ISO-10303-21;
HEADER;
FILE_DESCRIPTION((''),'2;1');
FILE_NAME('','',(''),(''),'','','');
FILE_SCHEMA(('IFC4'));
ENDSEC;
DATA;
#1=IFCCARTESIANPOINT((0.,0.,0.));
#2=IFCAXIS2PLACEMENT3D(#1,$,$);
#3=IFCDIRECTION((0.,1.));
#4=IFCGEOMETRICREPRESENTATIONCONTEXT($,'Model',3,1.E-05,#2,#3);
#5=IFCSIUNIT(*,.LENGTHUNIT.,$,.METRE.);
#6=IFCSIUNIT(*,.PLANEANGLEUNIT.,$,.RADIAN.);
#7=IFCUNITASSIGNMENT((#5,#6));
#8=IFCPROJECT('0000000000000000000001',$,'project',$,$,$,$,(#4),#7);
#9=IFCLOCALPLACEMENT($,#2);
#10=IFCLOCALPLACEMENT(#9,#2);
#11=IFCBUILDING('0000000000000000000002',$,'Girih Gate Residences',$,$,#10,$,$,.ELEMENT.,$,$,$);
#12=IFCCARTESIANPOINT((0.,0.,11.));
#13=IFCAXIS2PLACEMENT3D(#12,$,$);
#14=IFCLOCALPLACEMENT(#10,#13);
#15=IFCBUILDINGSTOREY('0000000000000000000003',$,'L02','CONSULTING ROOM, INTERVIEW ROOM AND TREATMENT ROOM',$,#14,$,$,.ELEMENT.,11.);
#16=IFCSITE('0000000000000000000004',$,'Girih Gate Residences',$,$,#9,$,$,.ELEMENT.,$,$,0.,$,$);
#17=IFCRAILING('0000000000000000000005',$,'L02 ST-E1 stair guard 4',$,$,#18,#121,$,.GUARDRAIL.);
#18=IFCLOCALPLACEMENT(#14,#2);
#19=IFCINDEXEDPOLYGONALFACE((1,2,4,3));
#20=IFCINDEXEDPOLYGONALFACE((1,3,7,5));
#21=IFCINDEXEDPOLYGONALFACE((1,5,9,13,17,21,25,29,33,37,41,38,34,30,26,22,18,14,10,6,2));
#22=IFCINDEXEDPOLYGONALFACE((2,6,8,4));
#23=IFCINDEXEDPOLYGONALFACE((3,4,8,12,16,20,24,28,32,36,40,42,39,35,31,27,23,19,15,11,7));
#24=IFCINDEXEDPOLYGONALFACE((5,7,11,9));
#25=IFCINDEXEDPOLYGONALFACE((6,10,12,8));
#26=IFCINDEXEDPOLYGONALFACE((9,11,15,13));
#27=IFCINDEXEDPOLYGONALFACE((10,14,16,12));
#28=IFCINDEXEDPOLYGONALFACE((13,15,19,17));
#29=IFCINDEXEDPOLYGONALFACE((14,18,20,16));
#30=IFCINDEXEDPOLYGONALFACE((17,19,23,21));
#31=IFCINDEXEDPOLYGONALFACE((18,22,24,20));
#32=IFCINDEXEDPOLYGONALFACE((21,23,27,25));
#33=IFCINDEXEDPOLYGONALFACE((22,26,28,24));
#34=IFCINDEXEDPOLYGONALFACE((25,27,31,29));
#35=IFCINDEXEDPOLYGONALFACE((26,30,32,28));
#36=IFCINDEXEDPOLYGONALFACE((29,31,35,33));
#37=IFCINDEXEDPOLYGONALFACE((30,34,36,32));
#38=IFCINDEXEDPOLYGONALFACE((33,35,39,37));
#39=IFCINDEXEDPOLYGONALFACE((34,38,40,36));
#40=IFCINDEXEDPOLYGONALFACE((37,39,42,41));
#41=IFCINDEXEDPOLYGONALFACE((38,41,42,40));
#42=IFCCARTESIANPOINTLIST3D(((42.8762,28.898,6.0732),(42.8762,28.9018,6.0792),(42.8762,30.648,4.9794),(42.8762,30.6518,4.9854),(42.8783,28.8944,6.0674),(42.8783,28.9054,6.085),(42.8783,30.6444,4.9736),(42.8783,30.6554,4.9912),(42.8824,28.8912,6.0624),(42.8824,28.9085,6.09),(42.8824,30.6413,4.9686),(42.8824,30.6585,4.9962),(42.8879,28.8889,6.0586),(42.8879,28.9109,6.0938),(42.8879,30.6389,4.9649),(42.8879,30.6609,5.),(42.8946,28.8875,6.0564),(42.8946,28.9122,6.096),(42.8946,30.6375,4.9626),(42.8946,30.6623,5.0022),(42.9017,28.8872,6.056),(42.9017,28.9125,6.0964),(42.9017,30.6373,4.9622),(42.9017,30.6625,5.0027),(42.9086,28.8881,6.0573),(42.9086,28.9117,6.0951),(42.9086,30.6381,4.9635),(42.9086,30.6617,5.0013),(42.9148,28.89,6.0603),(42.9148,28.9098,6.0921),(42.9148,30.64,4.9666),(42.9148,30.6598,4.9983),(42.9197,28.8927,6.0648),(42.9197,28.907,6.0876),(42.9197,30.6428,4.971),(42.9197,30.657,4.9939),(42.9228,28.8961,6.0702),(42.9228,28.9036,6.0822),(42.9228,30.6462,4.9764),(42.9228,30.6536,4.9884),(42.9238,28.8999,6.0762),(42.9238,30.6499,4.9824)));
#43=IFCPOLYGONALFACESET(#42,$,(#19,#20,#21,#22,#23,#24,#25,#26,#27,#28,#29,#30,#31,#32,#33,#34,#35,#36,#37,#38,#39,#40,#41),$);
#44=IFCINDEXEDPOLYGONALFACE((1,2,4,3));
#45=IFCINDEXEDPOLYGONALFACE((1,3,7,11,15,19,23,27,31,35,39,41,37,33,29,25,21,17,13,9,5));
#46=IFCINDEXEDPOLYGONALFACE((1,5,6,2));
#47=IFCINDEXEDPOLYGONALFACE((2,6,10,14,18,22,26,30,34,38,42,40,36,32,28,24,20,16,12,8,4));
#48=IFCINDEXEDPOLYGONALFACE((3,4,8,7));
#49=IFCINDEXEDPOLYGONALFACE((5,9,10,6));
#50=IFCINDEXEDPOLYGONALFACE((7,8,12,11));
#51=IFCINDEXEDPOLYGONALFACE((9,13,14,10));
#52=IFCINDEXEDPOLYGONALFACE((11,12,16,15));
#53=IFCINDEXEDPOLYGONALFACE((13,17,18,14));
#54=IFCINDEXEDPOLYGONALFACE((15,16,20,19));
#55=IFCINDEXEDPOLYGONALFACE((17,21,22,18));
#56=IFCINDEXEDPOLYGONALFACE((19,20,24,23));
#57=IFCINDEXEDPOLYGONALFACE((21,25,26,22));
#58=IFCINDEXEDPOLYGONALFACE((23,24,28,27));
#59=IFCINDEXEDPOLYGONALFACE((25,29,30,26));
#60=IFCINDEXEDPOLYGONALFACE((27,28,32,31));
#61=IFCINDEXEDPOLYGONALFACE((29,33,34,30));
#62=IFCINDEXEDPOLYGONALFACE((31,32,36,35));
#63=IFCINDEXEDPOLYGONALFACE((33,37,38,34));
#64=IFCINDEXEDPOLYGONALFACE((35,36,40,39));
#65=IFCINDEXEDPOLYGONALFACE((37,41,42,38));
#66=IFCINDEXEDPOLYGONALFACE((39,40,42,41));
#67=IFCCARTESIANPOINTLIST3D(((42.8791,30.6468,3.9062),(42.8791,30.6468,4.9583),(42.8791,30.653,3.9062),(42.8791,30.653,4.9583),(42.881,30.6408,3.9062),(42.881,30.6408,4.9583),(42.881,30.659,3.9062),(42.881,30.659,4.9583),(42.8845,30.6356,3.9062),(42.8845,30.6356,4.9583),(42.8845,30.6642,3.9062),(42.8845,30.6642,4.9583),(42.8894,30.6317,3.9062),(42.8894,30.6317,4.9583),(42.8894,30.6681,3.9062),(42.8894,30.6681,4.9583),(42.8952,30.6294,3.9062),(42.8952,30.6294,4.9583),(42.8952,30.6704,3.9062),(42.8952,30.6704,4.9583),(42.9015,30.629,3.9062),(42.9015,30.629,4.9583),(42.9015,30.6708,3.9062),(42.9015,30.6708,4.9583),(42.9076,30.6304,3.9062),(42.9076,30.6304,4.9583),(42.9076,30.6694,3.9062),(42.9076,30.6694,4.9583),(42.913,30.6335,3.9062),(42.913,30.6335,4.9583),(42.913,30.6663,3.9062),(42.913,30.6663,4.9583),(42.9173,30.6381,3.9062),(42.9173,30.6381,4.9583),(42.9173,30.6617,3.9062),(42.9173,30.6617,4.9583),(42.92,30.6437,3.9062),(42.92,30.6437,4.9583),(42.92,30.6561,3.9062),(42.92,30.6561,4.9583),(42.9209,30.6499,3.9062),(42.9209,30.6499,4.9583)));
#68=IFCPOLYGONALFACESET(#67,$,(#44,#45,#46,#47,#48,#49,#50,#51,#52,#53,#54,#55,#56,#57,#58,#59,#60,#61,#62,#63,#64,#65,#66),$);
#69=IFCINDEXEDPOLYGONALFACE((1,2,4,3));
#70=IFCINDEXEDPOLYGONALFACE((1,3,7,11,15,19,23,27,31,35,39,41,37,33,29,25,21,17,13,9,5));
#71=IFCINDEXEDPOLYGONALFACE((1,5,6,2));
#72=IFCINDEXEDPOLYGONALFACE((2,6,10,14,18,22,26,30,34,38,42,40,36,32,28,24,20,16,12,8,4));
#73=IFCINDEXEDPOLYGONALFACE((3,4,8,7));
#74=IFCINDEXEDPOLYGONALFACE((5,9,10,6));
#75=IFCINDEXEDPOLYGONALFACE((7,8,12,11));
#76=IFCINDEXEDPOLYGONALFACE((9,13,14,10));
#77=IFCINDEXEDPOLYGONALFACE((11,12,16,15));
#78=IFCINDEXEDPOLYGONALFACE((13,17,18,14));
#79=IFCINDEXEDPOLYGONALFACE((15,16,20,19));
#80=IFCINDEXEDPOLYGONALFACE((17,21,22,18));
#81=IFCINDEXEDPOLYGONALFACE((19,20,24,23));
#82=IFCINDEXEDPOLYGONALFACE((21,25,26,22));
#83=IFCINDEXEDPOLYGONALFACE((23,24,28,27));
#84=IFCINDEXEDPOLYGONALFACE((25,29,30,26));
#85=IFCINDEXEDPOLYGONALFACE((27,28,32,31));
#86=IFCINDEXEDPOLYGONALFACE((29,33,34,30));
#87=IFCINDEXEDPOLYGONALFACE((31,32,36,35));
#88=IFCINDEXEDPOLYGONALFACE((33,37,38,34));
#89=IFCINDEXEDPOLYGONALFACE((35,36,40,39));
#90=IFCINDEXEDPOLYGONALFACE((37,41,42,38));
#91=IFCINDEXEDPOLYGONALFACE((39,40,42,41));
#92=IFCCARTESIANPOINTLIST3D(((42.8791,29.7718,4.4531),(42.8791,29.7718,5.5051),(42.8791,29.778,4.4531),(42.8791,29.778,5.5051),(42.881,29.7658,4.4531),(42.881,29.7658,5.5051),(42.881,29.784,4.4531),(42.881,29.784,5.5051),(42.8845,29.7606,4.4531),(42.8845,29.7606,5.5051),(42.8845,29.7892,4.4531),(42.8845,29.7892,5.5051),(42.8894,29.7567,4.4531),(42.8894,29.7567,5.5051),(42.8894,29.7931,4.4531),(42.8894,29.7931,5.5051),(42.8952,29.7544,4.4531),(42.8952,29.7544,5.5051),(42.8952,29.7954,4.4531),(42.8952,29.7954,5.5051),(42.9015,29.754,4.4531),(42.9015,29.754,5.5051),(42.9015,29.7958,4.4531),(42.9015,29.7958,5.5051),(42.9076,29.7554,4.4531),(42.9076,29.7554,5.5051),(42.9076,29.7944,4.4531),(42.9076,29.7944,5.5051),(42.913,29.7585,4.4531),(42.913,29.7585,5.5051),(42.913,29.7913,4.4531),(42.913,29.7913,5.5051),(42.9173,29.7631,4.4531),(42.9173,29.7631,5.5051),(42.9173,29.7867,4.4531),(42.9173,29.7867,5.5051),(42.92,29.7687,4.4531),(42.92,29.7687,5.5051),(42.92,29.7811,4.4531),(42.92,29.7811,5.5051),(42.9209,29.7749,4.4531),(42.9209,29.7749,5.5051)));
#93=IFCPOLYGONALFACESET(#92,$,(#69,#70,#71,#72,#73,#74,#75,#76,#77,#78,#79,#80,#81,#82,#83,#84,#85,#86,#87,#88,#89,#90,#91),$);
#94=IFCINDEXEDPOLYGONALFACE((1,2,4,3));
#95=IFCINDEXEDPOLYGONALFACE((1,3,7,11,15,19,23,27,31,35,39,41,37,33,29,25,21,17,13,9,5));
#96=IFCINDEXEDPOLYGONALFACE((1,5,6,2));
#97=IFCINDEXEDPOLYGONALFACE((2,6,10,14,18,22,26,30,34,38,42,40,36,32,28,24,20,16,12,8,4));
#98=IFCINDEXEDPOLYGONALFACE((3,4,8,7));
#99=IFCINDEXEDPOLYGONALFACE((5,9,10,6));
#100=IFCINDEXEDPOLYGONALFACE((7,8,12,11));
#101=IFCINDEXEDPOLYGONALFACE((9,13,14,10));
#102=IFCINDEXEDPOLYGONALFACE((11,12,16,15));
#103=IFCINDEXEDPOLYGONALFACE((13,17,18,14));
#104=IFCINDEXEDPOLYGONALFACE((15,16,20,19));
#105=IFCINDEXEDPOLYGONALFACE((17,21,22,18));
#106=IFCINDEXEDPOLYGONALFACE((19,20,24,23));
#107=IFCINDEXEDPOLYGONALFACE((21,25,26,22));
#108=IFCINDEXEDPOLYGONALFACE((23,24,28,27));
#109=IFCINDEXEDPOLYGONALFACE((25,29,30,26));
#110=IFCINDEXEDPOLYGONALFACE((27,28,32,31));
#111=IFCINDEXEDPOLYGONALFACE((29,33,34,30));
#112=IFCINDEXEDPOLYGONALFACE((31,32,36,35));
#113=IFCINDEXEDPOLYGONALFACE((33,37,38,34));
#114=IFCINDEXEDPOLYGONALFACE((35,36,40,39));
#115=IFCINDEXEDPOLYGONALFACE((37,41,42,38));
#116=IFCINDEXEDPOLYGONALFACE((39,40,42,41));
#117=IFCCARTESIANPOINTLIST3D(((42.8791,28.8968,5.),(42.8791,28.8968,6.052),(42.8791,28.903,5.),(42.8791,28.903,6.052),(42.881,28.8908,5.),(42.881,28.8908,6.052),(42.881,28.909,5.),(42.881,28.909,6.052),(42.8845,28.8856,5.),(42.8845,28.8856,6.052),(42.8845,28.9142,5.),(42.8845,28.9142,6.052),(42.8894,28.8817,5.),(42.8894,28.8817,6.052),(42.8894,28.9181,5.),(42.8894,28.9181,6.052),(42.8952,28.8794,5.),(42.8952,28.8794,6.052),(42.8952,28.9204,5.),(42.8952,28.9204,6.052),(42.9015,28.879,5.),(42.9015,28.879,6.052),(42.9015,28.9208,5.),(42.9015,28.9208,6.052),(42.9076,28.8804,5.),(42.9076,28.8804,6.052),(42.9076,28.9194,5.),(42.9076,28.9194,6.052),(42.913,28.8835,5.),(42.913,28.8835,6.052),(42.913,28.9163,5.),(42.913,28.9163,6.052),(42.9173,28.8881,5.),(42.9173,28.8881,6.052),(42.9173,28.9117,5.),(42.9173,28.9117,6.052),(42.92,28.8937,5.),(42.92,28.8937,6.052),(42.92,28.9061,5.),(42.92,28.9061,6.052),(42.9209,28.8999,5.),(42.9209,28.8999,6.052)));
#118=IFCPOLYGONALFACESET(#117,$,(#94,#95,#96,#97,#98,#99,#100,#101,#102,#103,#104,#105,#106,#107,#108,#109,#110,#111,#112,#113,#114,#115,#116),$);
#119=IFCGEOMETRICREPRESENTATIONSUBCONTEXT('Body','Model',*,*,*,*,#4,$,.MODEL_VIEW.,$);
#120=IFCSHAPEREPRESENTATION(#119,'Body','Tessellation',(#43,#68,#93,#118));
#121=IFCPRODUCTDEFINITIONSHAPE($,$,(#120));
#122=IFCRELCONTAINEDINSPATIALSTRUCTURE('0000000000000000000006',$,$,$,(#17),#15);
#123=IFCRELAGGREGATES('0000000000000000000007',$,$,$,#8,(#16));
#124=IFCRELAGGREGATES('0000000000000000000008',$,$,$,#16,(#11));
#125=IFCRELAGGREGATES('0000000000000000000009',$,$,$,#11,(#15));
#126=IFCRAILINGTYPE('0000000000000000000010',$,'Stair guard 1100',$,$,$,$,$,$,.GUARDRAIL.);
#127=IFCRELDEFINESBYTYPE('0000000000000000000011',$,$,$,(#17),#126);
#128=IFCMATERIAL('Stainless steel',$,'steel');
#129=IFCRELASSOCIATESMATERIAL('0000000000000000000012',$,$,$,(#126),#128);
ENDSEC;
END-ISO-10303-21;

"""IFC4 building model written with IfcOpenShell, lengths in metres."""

from ifc_helpers import new_model, si_unit, direction, frame, origin, origin_2d, place, context, subcontext, project, spatial, circle, extrude, material, type_object, element, save


model = new_model("IFC4")

# Units and contexts
model_context = context("Model", 3, precision=1e-05, world=origin(), true_north=direction((0.0, 1.0)))
body_context = subcontext(model_context, "Body", "Model", "MODEL_VIEW")
ifc_project = project(units=[si_unit("LENGTHUNIT", "METRE"), si_unit("PLANEANGLEUNIT", "RADIAN")], contexts=[model_context])

# Site, building, storey
site_placement = place(None, origin())
site = spatial("IfcSite", under=ifc_project, at=site_placement, Name="Girih Gate Residences", CompositionType="ELEMENT", RefElevation=0.0)
building_placement = place(site_placement, origin())
building = spatial("IfcBuilding", under=site, at=building_placement, Name="Girih Gate Residences", CompositionType="ELEMENT")
storey_placement = place(building_placement, frame((0.0, 0.0, 11.0)))
storey = spatial("IfcBuildingStorey", under=building, at=storey_placement, Name="L02", Description="CONSULTING ROOM, INTERVIEW ROOM AND TREATMENT ROOM", CompositionType="ELEMENT", Elevation=11.0)

# Railing
ifc_material_1 = material(Name="Stainless steel", Category="steel")
railing_type_1 = type_object("IfcRailingType", Name="Stair guard 1100", PredefinedType="GUARDRAIL", material=ifc_material_1)
railing_1_placement = place(storey_placement, frame((42.8999, 30.6499, 3.9062)))
element("IfcRailing", 1, at=railing_1_placement, inside=storey, type_object=railing_type_1, Name="L02 ST-E1 stair guard 4", PredefinedType="GUARDRAIL", context=body_context, shape_type="SweptSolid", body=[
    extrude(circle(Radius=0.0239, at=origin_2d()), frame((0.0, 0.0, 1.0762), z_axis=(0.0, -0.847998, 0.529999), x_axis=(1.0, 0.0, 0.0)), (0.0, 0.0, 1.0), 2.0637),
    extrude(circle(Radius=0.021, at=origin_2d()), origin(), (0.0, 0.0, 1.0), 1.052),
    extrude(circle(Radius=0.021, at=origin_2d()), frame((0.0, -0.875, 0.5469)), (0.0, 0.0, 1.0), 1.052),
    extrude(circle(Radius=0.021, at=origin_2d()), frame((0.0, -1.75, 1.0938)), (0.0, 0.0, 1.0), 1.052),
])

save(model, "model.ifc")
